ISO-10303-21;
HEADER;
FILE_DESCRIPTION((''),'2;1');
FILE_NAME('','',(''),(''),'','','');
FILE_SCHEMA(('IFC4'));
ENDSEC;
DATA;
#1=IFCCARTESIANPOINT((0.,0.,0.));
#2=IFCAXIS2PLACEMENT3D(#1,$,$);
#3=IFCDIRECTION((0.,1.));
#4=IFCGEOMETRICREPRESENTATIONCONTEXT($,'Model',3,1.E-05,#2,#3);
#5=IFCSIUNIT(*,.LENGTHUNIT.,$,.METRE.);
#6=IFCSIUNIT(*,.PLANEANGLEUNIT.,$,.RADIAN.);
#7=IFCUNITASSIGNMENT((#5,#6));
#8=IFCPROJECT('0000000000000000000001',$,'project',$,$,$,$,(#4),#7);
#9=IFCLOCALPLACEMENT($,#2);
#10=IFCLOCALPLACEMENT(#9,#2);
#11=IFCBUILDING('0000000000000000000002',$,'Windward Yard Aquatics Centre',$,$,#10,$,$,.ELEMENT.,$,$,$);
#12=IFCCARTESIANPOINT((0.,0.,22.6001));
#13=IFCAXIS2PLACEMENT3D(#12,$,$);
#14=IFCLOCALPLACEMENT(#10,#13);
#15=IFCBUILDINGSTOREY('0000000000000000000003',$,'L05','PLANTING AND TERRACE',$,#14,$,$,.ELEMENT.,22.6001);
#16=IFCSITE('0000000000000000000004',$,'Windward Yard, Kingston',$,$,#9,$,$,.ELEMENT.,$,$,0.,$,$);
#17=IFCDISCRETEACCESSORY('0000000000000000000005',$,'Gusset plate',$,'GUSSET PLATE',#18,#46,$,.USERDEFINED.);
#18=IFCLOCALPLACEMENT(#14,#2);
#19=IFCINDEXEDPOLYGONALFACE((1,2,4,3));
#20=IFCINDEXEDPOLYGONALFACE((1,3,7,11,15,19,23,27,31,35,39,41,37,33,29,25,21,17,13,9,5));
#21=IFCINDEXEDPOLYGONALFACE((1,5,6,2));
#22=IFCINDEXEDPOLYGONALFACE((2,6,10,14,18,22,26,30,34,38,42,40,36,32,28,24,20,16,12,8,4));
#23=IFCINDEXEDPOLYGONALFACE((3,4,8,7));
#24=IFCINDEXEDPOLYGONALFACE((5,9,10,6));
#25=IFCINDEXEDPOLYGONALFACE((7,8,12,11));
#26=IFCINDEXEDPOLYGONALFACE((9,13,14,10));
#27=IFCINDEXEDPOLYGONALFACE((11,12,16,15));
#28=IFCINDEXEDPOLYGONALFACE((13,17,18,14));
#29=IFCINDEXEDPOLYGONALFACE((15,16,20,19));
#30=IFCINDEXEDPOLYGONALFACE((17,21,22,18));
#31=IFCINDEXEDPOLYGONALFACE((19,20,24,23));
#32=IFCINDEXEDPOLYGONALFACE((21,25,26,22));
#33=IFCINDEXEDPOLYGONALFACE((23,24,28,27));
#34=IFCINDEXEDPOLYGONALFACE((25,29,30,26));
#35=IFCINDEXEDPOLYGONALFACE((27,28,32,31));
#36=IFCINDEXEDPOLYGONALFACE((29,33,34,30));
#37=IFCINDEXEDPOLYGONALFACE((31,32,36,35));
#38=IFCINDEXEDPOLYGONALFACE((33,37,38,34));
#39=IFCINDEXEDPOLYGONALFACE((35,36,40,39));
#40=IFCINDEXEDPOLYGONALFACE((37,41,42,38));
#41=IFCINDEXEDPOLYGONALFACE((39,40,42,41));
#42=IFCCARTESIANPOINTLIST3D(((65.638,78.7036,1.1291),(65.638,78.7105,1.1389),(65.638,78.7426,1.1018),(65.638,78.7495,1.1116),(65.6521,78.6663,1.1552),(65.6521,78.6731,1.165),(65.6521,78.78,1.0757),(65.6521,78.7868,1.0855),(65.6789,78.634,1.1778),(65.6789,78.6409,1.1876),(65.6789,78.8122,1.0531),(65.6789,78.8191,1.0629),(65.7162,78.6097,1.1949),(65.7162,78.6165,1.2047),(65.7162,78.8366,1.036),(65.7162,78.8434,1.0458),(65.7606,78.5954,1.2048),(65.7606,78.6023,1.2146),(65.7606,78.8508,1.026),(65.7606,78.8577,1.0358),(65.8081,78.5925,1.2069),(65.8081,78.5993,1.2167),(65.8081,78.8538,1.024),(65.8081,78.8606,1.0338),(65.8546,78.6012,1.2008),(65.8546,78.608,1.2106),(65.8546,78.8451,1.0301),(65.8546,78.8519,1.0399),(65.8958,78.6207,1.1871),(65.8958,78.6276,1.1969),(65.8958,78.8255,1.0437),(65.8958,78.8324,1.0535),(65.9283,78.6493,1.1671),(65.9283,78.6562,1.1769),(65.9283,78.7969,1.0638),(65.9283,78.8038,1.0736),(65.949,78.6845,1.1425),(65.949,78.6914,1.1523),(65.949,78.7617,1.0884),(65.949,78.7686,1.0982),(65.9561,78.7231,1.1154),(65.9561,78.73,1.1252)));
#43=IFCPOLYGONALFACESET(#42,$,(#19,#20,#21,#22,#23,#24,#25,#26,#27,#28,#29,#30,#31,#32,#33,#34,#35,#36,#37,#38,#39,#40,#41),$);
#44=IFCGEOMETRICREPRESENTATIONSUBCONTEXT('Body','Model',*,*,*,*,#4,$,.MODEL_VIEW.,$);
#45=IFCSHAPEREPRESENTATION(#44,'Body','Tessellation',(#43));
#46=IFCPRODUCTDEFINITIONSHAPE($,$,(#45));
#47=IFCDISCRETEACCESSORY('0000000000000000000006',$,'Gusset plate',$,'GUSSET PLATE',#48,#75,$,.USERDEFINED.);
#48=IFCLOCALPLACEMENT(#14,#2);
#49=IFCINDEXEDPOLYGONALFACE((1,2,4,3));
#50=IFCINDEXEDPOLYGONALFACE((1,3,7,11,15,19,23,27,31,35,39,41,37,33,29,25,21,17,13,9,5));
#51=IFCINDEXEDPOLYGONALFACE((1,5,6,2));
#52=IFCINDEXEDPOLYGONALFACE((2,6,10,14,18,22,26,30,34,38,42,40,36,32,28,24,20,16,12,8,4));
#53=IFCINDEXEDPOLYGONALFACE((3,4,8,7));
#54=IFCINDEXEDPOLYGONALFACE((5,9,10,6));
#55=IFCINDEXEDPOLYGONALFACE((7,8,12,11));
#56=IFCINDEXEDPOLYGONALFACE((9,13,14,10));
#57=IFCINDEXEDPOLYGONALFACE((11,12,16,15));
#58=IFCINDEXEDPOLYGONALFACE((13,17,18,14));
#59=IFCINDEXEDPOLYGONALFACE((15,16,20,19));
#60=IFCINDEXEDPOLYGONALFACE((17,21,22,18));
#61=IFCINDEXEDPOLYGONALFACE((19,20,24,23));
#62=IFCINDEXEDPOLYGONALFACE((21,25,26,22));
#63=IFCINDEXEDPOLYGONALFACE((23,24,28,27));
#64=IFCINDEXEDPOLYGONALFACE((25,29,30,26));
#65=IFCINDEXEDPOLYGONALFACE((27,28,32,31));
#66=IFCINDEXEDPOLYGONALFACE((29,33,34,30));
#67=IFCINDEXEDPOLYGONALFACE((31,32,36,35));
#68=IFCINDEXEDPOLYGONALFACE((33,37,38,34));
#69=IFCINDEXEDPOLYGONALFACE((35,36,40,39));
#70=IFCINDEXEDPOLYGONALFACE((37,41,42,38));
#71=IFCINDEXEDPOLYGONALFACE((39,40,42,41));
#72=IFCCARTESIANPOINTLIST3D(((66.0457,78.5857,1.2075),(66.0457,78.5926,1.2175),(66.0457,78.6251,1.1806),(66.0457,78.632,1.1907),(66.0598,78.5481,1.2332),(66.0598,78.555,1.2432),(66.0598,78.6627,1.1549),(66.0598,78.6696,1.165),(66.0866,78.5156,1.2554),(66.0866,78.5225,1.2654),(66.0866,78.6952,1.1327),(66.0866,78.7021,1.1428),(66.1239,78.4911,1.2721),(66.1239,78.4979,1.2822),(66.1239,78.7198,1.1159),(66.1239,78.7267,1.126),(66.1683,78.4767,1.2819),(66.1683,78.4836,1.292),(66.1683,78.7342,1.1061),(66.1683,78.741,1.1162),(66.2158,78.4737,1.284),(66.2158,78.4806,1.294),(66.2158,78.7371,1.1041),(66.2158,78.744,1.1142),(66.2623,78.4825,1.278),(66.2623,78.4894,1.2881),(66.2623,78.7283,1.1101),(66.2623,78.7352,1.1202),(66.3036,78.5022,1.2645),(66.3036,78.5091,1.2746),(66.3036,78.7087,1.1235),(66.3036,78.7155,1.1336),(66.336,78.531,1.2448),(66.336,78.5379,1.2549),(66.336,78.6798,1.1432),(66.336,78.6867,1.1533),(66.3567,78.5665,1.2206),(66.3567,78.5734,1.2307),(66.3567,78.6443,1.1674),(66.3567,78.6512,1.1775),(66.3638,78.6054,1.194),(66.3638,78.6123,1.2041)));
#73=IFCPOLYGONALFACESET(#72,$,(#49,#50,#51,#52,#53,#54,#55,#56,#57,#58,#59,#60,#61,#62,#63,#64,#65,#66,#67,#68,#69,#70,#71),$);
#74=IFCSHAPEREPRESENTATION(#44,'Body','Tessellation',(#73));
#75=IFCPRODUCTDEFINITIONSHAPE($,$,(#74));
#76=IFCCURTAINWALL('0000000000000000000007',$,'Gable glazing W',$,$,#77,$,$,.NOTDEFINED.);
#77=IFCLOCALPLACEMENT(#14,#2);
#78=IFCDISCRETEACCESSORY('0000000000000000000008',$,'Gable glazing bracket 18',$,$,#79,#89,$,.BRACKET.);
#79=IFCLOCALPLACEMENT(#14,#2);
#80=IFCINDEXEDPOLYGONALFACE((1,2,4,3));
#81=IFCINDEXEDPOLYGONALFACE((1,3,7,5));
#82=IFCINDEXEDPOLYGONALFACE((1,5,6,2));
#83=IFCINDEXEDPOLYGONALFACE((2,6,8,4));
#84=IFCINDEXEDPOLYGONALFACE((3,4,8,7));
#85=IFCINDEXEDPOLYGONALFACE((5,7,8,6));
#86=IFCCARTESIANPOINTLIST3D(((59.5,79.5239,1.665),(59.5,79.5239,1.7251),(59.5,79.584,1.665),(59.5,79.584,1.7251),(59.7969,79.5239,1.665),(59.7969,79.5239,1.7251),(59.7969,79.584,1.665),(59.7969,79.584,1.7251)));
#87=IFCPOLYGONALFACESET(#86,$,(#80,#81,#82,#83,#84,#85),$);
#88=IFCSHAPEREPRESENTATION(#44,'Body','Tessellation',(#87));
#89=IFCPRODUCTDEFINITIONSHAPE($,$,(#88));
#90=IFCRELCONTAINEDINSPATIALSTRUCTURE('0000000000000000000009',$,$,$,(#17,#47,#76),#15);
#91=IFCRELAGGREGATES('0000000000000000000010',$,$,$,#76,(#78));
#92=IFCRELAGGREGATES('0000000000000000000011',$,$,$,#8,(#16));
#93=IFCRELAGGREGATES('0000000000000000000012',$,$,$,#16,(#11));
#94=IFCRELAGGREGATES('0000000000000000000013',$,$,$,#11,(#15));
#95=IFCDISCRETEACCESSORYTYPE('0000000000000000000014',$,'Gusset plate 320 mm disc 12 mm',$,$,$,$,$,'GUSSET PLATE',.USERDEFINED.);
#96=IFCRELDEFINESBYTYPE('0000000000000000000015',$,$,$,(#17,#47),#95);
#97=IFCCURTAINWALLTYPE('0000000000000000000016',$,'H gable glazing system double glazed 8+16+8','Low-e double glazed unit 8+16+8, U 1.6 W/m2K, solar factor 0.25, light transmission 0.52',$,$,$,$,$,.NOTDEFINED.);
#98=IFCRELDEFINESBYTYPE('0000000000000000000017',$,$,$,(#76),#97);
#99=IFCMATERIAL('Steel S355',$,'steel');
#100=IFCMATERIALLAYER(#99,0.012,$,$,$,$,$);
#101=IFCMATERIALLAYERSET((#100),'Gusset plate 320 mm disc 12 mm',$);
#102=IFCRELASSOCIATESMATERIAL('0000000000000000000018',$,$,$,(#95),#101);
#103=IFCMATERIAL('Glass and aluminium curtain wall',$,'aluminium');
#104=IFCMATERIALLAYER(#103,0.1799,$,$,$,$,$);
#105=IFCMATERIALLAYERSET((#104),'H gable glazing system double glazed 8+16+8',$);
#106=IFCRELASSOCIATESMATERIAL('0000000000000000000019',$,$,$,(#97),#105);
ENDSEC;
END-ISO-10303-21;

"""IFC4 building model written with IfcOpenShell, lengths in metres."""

from ifc_helpers import new_model, si_unit, direction, frame, origin, origin_2d, place, context, subcontext, project, spatial, rectangle, circle, extrude, material, layer, layer_set, type_object, element, aggregate, save


model = new_model("IFC4")

# Units and contexts
model_context = context("Model", 3, precision=1e-05, world=origin(), true_north=direction((0.0, 1.0)))
body_context = subcontext(model_context, "Body", "Model", "MODEL_VIEW")
ifc_project = project(units=[si_unit("LENGTHUNIT", "METRE"), si_unit("PLANEANGLEUNIT", "RADIAN")], contexts=[model_context])

# Site, building, storey
site_placement = place(None, origin())
site = spatial("IfcSite", under=ifc_project, at=site_placement, Name="Windward Yard, Kingston", CompositionType="ELEMENT", RefElevation=0.0)
building_placement = place(site_placement, origin())
building = spatial("IfcBuilding", under=site, at=building_placement, Name="Windward Yard Aquatics Centre", CompositionType="ELEMENT")
storey_placement = place(building_placement, frame((0.0, 0.0, 22.6001)))
storey = spatial("IfcBuildingStorey", under=building, at=storey_placement, Name="L05", Description="PLANTING AND TERRACE", CompositionType="ELEMENT", Elevation=22.6001)

# Discrete accessories
ifc_material_1 = material(Name="Steel S355", Category="steel")
ifc_layer_1 = layer(ifc_material_1, 0.012)
ifc_layer_set_1 = layer_set([ifc_layer_1], Name="Gusset plate 320 mm disc 12 mm")
discrete_accessory_type = type_object("IfcDiscreteAccessoryType", Name="Gusset plate 320 mm disc 12 mm", ElementType="GUSSET PLATE", PredefinedType="USERDEFINED", material=ifc_layer_set_1)
for number, where, z_axis, x_axis, name in (
    (1, (65.7961, 78.73, 1.1252), (0.0, -0.573462, -0.819232), (1.0, 0.0, 0.0), "Gusset plate"),
):
    element("IfcDiscreteAccessory", number, at=place(storey_placement, frame(where, z_axis=z_axis, x_axis=x_axis)), inside=storey, type_object=discrete_accessory_type, Name=name, ObjectType="GUSSET PLATE", PredefinedType="USERDEFINED", context=body_context, shape_type="SweptSolid", body=[
        extrude(circle(Radius=0.1599, at=origin_2d()), origin(), (0.0, 0.0, 1.0), 0.012),
    ])
discrete_accessory_1_placement = place(storey_placement, frame((66.2039, 78.6123, 1.2041), z_axis=(0.0, -0.563962, -0.825801), x_axis=(1.0, 0.0, 0.0)))
element("IfcDiscreteAccessory", 2, at=discrete_accessory_1_placement, inside=storey, type_object=discrete_accessory_type, Name="Gusset plate", ObjectType="GUSSET PLATE", PredefinedType="USERDEFINED", context=body_context, shape_type="SweptSolid", body=[
    extrude(circle(Radius=0.1599, at=origin_2d()), origin(), (0.0, 0.0, 1.0), 0.0122),
])

# Curtain wall, discrete accessory
ifc_material_2 = material(Name="Glass and aluminium curtain wall", Category="aluminium")
ifc_layer_2 = layer(ifc_material_2, 0.1799)
ifc_layer_set_2 = layer_set([ifc_layer_2], Name="H gable glazing system double glazed 8+16+8")
curtain_wall_type = type_object("IfcCurtainWallType", Name="H gable glazing system double glazed 8+16+8", Description="Low-e double glazed unit 8+16+8, U 1.6 W/m2K, solar factor 0.25, light transmission 0.52", PredefinedType="NOTDEFINED", material=ifc_layer_set_2)
curtain_wall_placement = place(storey_placement, origin())
curtain_wall = element("IfcCurtainWall", 3, at=curtain_wall_placement, inside=storey, type_object=curtain_wall_type, Name="Gable glazing W", PredefinedType="NOTDEFINED")
discrete_accessory_2_placement = place(storey_placement, frame((59.5, 79.554, 1.6951), z_axis=(1.0, 0.0, 0.0), x_axis=(0.0, 1.0, 0.0)))
discrete_accessory_2 = element("IfcDiscreteAccessory", 4, at=discrete_accessory_2_placement, Name="Gable glazing bracket 18", PredefinedType="BRACKET", context=body_context, shape_type="SweptSolid", body=[
    extrude(rectangle(XDim=0.0601, YDim=0.0601, at=origin_2d()), origin(), (0.0, 0.0, 1.0), 0.2969),
])
aggregate(curtain_wall, [discrete_accessory_2])

save(model, "model.ifc")
